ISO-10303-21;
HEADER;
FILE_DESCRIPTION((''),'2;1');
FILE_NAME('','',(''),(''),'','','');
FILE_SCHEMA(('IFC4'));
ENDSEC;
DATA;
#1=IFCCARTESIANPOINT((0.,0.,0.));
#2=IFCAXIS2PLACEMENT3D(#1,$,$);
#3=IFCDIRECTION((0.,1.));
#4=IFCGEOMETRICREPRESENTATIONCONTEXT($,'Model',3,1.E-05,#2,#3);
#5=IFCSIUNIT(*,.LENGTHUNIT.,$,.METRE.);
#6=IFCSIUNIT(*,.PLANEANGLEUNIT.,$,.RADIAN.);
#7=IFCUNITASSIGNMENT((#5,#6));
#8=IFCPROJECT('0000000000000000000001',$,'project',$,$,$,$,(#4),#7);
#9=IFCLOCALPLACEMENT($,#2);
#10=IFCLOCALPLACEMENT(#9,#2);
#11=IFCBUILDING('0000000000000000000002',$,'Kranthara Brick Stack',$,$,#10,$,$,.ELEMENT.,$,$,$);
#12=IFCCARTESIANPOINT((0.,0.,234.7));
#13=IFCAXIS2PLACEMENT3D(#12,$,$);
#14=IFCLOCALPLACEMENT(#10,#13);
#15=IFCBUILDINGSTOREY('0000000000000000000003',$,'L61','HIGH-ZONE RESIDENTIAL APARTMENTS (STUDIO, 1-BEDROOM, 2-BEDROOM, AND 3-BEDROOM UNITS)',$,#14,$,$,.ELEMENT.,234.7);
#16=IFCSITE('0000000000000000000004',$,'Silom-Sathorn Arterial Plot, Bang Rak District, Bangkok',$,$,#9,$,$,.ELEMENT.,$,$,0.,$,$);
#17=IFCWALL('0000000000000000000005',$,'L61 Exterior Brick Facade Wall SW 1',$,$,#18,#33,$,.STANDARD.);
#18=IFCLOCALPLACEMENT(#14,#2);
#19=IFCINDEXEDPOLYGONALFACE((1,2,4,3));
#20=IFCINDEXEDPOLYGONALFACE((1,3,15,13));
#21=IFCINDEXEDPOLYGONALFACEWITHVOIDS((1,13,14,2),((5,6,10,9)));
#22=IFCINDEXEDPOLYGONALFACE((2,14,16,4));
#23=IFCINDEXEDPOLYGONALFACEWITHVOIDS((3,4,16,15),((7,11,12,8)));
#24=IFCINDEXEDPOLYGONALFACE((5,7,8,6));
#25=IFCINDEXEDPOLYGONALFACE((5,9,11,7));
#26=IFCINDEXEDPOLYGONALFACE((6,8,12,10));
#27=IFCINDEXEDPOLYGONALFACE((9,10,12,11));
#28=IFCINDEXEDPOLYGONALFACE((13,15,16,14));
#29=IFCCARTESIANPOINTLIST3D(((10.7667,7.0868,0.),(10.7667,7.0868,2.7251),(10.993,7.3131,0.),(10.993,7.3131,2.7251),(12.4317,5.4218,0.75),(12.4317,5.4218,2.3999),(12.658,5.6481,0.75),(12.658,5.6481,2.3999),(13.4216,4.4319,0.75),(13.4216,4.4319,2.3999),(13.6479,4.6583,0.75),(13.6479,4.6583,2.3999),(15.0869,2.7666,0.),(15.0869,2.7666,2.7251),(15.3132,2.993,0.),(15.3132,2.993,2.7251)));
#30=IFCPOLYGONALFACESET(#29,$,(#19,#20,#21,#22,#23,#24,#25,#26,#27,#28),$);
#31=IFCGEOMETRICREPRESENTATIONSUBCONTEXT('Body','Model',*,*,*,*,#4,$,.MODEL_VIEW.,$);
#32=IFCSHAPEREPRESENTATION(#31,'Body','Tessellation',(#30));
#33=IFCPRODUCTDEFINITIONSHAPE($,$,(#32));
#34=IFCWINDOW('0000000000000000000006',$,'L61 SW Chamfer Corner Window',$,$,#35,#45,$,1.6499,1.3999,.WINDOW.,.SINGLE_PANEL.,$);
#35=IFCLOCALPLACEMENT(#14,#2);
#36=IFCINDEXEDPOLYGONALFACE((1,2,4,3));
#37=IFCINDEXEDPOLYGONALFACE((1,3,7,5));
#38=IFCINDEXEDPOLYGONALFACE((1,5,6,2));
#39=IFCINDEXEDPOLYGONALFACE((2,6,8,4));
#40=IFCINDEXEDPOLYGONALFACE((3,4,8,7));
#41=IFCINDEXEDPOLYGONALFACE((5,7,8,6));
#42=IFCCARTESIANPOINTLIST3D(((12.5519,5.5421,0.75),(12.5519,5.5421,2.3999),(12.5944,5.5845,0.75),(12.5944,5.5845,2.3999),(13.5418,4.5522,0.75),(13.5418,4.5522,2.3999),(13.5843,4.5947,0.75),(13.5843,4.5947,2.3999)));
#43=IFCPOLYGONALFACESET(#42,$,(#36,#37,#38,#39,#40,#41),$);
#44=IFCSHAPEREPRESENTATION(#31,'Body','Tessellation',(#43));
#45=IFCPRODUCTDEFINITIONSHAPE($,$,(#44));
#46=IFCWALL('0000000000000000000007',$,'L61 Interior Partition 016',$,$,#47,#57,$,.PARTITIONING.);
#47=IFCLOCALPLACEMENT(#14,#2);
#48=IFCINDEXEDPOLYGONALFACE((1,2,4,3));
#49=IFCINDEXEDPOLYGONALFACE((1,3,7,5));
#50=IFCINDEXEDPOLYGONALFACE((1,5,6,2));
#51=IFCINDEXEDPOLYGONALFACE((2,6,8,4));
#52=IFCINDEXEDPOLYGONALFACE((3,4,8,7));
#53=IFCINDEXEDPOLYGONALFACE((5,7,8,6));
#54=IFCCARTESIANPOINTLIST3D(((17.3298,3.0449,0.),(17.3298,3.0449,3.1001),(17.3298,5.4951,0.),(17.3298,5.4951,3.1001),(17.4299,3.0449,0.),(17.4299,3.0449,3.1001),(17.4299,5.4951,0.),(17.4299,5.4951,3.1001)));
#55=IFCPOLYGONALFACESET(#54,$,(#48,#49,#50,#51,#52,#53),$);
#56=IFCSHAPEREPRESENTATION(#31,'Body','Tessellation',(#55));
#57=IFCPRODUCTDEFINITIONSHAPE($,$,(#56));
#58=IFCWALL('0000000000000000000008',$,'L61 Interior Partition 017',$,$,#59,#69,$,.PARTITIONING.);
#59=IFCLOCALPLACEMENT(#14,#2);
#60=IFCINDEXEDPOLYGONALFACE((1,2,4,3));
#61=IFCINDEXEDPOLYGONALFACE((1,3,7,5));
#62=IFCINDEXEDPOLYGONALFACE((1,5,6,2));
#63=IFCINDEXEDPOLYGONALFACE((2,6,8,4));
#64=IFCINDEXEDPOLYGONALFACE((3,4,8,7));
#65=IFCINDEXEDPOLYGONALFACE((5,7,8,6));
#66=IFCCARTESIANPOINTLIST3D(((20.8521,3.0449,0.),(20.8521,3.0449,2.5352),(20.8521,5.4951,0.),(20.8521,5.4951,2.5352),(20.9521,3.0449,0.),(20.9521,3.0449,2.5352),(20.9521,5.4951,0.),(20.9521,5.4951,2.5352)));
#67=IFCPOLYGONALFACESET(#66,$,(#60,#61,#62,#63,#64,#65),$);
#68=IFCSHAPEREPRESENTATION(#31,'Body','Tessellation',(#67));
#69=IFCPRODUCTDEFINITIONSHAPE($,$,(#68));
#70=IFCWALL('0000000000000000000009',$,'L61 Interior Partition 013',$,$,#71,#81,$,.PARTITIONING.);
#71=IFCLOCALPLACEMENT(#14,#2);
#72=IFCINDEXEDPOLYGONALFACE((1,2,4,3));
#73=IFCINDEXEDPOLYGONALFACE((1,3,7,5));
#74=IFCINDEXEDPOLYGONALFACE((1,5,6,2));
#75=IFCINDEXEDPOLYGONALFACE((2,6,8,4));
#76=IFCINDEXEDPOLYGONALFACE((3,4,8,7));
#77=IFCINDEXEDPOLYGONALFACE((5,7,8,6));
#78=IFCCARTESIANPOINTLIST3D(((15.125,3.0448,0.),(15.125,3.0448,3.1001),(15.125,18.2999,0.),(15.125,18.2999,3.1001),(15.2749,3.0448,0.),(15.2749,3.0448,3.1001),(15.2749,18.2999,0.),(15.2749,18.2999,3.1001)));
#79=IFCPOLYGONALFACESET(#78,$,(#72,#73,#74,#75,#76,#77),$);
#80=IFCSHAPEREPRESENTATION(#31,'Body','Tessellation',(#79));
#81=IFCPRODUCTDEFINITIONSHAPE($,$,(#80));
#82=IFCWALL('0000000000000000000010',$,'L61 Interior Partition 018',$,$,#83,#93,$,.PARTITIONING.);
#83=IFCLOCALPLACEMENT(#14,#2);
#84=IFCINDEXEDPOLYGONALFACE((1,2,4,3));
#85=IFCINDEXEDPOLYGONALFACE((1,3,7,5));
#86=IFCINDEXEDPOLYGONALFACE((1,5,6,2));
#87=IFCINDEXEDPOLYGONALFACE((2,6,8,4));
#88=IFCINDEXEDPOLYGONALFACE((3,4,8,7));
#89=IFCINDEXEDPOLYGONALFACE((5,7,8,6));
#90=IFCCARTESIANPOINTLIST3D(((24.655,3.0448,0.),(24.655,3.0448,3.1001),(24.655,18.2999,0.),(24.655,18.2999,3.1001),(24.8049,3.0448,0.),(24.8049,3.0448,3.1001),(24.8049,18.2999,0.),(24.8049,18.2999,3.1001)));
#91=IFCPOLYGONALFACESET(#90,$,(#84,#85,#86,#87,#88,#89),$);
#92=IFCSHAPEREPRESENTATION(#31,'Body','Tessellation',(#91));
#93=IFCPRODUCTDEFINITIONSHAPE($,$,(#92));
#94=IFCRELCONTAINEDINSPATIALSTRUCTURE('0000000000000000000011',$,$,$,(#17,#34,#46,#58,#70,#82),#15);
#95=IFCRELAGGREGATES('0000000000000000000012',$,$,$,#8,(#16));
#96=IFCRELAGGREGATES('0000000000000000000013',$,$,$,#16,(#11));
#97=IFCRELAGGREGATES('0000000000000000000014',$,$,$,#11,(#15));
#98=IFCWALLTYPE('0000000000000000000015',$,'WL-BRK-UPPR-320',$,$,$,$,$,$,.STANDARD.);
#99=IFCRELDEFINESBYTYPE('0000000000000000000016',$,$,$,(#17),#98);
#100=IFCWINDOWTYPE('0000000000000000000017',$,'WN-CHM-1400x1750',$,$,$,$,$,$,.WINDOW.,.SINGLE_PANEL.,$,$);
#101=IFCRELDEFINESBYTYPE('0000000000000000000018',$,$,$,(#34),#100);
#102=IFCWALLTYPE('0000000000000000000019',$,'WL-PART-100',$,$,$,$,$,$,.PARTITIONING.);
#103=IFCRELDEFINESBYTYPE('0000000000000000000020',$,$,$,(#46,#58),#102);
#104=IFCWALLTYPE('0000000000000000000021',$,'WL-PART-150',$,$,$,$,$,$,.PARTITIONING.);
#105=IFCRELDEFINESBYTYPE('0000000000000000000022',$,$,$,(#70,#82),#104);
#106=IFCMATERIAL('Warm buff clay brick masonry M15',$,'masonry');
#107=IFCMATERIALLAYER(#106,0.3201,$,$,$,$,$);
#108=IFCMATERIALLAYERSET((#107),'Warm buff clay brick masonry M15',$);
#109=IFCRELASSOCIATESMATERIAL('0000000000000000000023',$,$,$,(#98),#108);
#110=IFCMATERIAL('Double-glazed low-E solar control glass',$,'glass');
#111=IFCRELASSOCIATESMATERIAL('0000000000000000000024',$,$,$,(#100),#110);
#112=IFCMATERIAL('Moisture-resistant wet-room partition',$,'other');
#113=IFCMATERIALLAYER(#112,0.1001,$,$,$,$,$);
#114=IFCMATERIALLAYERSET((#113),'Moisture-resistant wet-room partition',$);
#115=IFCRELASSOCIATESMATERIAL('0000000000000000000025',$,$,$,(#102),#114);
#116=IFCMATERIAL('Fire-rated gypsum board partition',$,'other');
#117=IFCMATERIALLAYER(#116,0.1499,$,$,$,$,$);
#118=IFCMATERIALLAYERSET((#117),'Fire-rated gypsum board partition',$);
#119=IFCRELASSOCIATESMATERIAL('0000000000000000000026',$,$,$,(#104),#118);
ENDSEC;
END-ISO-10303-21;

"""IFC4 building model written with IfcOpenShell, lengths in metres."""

from ifc_helpers import new_model, si_unit, direction, frame, frame_2d, origin, place, context, subcontext, project, spatial, rectangle, extrude, material, layer, layer_set, type_object, element, fill, save


model = new_model("IFC4")

# Units and contexts
model_context = context("Model", 3, precision=1e-05, world=origin(), true_north=direction((0.0, 1.0)))
body_context = subcontext(model_context, "Body", "Model", "MODEL_VIEW")
ifc_project = project(units=[si_unit("LENGTHUNIT", "METRE"), si_unit("PLANEANGLEUNIT", "RADIAN")], contexts=[model_context])

# Site, building, storey
site_placement = place(None, origin())
site = spatial("IfcSite", under=ifc_project, at=site_placement, Name="Silom-Sathorn Arterial Plot, Bang Rak District, Bangkok", CompositionType="ELEMENT", RefElevation=0.0)
building_placement = place(site_placement, origin())
building = spatial("IfcBuilding", under=site, at=building_placement, Name="Kranthara Brick Stack", CompositionType="ELEMENT")
storey_placement = place(building_placement, frame((0.0, 0.0, 234.7)))
storey = spatial("IfcBuildingStorey", under=building, at=storey_placement, Name="L61", Description="HIGH-ZONE RESIDENTIAL APARTMENTS (STUDIO, 1-BEDROOM, 2-BEDROOM, AND 3-BEDROOM UNITS)", CompositionType="ELEMENT", Elevation=234.7)

# Wall, opening, window
ifc_material_1 = material(Name="Warm buff clay brick masonry M15", Category="masonry")
ifc_layer_1 = layer(ifc_material_1, 0.3201)
ifc_layer_set_1 = layer_set([ifc_layer_1], Name="Warm buff clay brick masonry M15")
wall_type_1 = type_object("IfcWallType", Name="WL-BRK-UPPR-320", PredefinedType="STANDARD", material=ifc_layer_set_1)
wall_1_placement = place(storey_placement, frame((15.2, 2.8799, 0.0), z_axis=(0.0, 0.0, 1.0), x_axis=(-0.707107, 0.707107, 0.0)))
wall_1 = element("IfcWall", 1, at=wall_1_placement, inside=storey, type_object=wall_type_1, Name="L61 Exterior Brick Facade Wall SW 1", PredefinedType="STANDARD", context=body_context, shape_type="SweptSolid", body=[
    extrude(rectangle(XDim=6.1096, YDim=0.3201, at=frame_2d((3.0547, 0.0))), origin(), (0.0, 0.0, 1.0), 2.7251),
])
opening_placement = place(wall_1_placement, frame((2.355, 0.0, 0.75)))
opening = element("IfcOpeningElement", 2, at=opening_placement, cuts=wall_1, PredefinedType="OPENING", context=body_context, shape_type="SweptSolid", body=[
    extrude(rectangle(XDim=1.3999, YDim=1.6499, at=frame_2d((0.7, 0.825))), frame((0.0, 0.1699, 0.0), z_axis=(0.0, -1.0, 0.0), x_axis=(1.0, 0.0, 0.0)), (0.0, 0.0, 1.0), 0.3401),
])
ifc_material_2 = material(Name="Double-glazed low-E solar control glass", Category="glass")
window_type = type_object("IfcWindowType", Name="WN-CHM-1400x1750", PartitioningType="SINGLE_PANEL", PredefinedType="WINDOW", material=ifc_material_2)
window_placement = place(opening_placement, origin())
window = element("IfcWindow", 3, at=window_placement, inside=storey, type_object=window_type, Name="L61 SW Chamfer Corner Window", OverallHeight=1.6499, OverallWidth=1.3999, PartitioningType="SINGLE_PANEL", PredefinedType="WINDOW", context=body_context, shape_type="SweptSolid", body=[
    extrude(rectangle(XDim=1.3999, YDim=1.6499, at=frame_2d((0.7, 0.825))), frame((0.0, -0.01, 0.0), z_axis=(0.0, -1.0, 0.0), x_axis=(1.0, 0.0, 0.0)), (0.0, 0.0, 1.0), 0.0601),
])
fill(opening, window)

# Walls
ifc_material_3 = material(Name="Moisture-resistant wet-room partition", Category="other")
ifc_layer_2 = layer(ifc_material_3, 0.1001)
ifc_layer_set_2 = layer_set([ifc_layer_2], Name="Moisture-resistant wet-room partition")
wall_type_2 = type_object("IfcWallType", Name="WL-PART-100", PredefinedType="PARTITIONING", material=ifc_layer_set_2)
wall_2_placement = place(storey_placement, frame((17.3799, 3.0449, 0.0), z_axis=(0.0, 0.0, 1.0), x_axis=(0.0, 1.0, 0.0)))
element("IfcWall", 4, at=wall_2_placement, inside=storey, type_object=wall_type_2, Name="L61 Interior Partition 016", PredefinedType="PARTITIONING", context=body_context, shape_type="SweptSolid", body=[
    extrude(rectangle(XDim=2.4502, YDim=0.1001, at=frame_2d((1.2251, 0.0))), origin(), (0.0, 0.0, 1.0), 3.1001),
])
wall_3_placement = place(storey_placement, frame((20.9021, 3.0449, 0.0), z_axis=(0.0, 0.0, 1.0), x_axis=(0.0, 1.0, 0.0)))
element("IfcWall", 5, at=wall_3_placement, inside=storey, type_object=wall_type_2, Name="L61 Interior Partition 017", PredefinedType="PARTITIONING", context=body_context, shape_type="SweptSolid", body=[
    extrude(rectangle(XDim=2.4502, YDim=0.1001, at=frame_2d((1.2251, 0.0))), origin(), (0.0, 0.0, 1.0), 2.5352),
])
ifc_material_4 = material(Name="Fire-rated gypsum board partition", Category="other")
ifc_layer_3 = layer(ifc_material_4, 0.1499)
ifc_layer_set_3 = layer_set([ifc_layer_3], Name="Fire-rated gypsum board partition")
wall_type_3 = type_object("IfcWallType", Name="WL-PART-150", PredefinedType="PARTITIONING", material=ifc_layer_set_3)
for number, where, z_axis, x_axis, name in (
    (6, (15.2, 3.0449, 0.0), (0.0, 0.0, 1.0), (0.0, 1.0, 0.0), "L61 Interior Partition 013"),
    (7, (24.73, 3.0449, 0.0), (0.0, 0.0, 1.0), (0.0, 1.0, 0.0), "L61 Interior Partition 018"),
):
    element("IfcWall", number, at=place(storey_placement, frame(where, z_axis=z_axis, x_axis=x_axis)), inside=storey, type_object=wall_type_3, Name=name, PredefinedType="PARTITIONING", context=body_context, shape_type="SweptSolid", body=[
        extrude(rectangle(XDim=15.2551, YDim=0.1499, at=frame_2d((7.6274, 0.0))), origin(), (0.0, 0.0, 1.0), 3.1001),
    ])

save(model, "model.ifc")
